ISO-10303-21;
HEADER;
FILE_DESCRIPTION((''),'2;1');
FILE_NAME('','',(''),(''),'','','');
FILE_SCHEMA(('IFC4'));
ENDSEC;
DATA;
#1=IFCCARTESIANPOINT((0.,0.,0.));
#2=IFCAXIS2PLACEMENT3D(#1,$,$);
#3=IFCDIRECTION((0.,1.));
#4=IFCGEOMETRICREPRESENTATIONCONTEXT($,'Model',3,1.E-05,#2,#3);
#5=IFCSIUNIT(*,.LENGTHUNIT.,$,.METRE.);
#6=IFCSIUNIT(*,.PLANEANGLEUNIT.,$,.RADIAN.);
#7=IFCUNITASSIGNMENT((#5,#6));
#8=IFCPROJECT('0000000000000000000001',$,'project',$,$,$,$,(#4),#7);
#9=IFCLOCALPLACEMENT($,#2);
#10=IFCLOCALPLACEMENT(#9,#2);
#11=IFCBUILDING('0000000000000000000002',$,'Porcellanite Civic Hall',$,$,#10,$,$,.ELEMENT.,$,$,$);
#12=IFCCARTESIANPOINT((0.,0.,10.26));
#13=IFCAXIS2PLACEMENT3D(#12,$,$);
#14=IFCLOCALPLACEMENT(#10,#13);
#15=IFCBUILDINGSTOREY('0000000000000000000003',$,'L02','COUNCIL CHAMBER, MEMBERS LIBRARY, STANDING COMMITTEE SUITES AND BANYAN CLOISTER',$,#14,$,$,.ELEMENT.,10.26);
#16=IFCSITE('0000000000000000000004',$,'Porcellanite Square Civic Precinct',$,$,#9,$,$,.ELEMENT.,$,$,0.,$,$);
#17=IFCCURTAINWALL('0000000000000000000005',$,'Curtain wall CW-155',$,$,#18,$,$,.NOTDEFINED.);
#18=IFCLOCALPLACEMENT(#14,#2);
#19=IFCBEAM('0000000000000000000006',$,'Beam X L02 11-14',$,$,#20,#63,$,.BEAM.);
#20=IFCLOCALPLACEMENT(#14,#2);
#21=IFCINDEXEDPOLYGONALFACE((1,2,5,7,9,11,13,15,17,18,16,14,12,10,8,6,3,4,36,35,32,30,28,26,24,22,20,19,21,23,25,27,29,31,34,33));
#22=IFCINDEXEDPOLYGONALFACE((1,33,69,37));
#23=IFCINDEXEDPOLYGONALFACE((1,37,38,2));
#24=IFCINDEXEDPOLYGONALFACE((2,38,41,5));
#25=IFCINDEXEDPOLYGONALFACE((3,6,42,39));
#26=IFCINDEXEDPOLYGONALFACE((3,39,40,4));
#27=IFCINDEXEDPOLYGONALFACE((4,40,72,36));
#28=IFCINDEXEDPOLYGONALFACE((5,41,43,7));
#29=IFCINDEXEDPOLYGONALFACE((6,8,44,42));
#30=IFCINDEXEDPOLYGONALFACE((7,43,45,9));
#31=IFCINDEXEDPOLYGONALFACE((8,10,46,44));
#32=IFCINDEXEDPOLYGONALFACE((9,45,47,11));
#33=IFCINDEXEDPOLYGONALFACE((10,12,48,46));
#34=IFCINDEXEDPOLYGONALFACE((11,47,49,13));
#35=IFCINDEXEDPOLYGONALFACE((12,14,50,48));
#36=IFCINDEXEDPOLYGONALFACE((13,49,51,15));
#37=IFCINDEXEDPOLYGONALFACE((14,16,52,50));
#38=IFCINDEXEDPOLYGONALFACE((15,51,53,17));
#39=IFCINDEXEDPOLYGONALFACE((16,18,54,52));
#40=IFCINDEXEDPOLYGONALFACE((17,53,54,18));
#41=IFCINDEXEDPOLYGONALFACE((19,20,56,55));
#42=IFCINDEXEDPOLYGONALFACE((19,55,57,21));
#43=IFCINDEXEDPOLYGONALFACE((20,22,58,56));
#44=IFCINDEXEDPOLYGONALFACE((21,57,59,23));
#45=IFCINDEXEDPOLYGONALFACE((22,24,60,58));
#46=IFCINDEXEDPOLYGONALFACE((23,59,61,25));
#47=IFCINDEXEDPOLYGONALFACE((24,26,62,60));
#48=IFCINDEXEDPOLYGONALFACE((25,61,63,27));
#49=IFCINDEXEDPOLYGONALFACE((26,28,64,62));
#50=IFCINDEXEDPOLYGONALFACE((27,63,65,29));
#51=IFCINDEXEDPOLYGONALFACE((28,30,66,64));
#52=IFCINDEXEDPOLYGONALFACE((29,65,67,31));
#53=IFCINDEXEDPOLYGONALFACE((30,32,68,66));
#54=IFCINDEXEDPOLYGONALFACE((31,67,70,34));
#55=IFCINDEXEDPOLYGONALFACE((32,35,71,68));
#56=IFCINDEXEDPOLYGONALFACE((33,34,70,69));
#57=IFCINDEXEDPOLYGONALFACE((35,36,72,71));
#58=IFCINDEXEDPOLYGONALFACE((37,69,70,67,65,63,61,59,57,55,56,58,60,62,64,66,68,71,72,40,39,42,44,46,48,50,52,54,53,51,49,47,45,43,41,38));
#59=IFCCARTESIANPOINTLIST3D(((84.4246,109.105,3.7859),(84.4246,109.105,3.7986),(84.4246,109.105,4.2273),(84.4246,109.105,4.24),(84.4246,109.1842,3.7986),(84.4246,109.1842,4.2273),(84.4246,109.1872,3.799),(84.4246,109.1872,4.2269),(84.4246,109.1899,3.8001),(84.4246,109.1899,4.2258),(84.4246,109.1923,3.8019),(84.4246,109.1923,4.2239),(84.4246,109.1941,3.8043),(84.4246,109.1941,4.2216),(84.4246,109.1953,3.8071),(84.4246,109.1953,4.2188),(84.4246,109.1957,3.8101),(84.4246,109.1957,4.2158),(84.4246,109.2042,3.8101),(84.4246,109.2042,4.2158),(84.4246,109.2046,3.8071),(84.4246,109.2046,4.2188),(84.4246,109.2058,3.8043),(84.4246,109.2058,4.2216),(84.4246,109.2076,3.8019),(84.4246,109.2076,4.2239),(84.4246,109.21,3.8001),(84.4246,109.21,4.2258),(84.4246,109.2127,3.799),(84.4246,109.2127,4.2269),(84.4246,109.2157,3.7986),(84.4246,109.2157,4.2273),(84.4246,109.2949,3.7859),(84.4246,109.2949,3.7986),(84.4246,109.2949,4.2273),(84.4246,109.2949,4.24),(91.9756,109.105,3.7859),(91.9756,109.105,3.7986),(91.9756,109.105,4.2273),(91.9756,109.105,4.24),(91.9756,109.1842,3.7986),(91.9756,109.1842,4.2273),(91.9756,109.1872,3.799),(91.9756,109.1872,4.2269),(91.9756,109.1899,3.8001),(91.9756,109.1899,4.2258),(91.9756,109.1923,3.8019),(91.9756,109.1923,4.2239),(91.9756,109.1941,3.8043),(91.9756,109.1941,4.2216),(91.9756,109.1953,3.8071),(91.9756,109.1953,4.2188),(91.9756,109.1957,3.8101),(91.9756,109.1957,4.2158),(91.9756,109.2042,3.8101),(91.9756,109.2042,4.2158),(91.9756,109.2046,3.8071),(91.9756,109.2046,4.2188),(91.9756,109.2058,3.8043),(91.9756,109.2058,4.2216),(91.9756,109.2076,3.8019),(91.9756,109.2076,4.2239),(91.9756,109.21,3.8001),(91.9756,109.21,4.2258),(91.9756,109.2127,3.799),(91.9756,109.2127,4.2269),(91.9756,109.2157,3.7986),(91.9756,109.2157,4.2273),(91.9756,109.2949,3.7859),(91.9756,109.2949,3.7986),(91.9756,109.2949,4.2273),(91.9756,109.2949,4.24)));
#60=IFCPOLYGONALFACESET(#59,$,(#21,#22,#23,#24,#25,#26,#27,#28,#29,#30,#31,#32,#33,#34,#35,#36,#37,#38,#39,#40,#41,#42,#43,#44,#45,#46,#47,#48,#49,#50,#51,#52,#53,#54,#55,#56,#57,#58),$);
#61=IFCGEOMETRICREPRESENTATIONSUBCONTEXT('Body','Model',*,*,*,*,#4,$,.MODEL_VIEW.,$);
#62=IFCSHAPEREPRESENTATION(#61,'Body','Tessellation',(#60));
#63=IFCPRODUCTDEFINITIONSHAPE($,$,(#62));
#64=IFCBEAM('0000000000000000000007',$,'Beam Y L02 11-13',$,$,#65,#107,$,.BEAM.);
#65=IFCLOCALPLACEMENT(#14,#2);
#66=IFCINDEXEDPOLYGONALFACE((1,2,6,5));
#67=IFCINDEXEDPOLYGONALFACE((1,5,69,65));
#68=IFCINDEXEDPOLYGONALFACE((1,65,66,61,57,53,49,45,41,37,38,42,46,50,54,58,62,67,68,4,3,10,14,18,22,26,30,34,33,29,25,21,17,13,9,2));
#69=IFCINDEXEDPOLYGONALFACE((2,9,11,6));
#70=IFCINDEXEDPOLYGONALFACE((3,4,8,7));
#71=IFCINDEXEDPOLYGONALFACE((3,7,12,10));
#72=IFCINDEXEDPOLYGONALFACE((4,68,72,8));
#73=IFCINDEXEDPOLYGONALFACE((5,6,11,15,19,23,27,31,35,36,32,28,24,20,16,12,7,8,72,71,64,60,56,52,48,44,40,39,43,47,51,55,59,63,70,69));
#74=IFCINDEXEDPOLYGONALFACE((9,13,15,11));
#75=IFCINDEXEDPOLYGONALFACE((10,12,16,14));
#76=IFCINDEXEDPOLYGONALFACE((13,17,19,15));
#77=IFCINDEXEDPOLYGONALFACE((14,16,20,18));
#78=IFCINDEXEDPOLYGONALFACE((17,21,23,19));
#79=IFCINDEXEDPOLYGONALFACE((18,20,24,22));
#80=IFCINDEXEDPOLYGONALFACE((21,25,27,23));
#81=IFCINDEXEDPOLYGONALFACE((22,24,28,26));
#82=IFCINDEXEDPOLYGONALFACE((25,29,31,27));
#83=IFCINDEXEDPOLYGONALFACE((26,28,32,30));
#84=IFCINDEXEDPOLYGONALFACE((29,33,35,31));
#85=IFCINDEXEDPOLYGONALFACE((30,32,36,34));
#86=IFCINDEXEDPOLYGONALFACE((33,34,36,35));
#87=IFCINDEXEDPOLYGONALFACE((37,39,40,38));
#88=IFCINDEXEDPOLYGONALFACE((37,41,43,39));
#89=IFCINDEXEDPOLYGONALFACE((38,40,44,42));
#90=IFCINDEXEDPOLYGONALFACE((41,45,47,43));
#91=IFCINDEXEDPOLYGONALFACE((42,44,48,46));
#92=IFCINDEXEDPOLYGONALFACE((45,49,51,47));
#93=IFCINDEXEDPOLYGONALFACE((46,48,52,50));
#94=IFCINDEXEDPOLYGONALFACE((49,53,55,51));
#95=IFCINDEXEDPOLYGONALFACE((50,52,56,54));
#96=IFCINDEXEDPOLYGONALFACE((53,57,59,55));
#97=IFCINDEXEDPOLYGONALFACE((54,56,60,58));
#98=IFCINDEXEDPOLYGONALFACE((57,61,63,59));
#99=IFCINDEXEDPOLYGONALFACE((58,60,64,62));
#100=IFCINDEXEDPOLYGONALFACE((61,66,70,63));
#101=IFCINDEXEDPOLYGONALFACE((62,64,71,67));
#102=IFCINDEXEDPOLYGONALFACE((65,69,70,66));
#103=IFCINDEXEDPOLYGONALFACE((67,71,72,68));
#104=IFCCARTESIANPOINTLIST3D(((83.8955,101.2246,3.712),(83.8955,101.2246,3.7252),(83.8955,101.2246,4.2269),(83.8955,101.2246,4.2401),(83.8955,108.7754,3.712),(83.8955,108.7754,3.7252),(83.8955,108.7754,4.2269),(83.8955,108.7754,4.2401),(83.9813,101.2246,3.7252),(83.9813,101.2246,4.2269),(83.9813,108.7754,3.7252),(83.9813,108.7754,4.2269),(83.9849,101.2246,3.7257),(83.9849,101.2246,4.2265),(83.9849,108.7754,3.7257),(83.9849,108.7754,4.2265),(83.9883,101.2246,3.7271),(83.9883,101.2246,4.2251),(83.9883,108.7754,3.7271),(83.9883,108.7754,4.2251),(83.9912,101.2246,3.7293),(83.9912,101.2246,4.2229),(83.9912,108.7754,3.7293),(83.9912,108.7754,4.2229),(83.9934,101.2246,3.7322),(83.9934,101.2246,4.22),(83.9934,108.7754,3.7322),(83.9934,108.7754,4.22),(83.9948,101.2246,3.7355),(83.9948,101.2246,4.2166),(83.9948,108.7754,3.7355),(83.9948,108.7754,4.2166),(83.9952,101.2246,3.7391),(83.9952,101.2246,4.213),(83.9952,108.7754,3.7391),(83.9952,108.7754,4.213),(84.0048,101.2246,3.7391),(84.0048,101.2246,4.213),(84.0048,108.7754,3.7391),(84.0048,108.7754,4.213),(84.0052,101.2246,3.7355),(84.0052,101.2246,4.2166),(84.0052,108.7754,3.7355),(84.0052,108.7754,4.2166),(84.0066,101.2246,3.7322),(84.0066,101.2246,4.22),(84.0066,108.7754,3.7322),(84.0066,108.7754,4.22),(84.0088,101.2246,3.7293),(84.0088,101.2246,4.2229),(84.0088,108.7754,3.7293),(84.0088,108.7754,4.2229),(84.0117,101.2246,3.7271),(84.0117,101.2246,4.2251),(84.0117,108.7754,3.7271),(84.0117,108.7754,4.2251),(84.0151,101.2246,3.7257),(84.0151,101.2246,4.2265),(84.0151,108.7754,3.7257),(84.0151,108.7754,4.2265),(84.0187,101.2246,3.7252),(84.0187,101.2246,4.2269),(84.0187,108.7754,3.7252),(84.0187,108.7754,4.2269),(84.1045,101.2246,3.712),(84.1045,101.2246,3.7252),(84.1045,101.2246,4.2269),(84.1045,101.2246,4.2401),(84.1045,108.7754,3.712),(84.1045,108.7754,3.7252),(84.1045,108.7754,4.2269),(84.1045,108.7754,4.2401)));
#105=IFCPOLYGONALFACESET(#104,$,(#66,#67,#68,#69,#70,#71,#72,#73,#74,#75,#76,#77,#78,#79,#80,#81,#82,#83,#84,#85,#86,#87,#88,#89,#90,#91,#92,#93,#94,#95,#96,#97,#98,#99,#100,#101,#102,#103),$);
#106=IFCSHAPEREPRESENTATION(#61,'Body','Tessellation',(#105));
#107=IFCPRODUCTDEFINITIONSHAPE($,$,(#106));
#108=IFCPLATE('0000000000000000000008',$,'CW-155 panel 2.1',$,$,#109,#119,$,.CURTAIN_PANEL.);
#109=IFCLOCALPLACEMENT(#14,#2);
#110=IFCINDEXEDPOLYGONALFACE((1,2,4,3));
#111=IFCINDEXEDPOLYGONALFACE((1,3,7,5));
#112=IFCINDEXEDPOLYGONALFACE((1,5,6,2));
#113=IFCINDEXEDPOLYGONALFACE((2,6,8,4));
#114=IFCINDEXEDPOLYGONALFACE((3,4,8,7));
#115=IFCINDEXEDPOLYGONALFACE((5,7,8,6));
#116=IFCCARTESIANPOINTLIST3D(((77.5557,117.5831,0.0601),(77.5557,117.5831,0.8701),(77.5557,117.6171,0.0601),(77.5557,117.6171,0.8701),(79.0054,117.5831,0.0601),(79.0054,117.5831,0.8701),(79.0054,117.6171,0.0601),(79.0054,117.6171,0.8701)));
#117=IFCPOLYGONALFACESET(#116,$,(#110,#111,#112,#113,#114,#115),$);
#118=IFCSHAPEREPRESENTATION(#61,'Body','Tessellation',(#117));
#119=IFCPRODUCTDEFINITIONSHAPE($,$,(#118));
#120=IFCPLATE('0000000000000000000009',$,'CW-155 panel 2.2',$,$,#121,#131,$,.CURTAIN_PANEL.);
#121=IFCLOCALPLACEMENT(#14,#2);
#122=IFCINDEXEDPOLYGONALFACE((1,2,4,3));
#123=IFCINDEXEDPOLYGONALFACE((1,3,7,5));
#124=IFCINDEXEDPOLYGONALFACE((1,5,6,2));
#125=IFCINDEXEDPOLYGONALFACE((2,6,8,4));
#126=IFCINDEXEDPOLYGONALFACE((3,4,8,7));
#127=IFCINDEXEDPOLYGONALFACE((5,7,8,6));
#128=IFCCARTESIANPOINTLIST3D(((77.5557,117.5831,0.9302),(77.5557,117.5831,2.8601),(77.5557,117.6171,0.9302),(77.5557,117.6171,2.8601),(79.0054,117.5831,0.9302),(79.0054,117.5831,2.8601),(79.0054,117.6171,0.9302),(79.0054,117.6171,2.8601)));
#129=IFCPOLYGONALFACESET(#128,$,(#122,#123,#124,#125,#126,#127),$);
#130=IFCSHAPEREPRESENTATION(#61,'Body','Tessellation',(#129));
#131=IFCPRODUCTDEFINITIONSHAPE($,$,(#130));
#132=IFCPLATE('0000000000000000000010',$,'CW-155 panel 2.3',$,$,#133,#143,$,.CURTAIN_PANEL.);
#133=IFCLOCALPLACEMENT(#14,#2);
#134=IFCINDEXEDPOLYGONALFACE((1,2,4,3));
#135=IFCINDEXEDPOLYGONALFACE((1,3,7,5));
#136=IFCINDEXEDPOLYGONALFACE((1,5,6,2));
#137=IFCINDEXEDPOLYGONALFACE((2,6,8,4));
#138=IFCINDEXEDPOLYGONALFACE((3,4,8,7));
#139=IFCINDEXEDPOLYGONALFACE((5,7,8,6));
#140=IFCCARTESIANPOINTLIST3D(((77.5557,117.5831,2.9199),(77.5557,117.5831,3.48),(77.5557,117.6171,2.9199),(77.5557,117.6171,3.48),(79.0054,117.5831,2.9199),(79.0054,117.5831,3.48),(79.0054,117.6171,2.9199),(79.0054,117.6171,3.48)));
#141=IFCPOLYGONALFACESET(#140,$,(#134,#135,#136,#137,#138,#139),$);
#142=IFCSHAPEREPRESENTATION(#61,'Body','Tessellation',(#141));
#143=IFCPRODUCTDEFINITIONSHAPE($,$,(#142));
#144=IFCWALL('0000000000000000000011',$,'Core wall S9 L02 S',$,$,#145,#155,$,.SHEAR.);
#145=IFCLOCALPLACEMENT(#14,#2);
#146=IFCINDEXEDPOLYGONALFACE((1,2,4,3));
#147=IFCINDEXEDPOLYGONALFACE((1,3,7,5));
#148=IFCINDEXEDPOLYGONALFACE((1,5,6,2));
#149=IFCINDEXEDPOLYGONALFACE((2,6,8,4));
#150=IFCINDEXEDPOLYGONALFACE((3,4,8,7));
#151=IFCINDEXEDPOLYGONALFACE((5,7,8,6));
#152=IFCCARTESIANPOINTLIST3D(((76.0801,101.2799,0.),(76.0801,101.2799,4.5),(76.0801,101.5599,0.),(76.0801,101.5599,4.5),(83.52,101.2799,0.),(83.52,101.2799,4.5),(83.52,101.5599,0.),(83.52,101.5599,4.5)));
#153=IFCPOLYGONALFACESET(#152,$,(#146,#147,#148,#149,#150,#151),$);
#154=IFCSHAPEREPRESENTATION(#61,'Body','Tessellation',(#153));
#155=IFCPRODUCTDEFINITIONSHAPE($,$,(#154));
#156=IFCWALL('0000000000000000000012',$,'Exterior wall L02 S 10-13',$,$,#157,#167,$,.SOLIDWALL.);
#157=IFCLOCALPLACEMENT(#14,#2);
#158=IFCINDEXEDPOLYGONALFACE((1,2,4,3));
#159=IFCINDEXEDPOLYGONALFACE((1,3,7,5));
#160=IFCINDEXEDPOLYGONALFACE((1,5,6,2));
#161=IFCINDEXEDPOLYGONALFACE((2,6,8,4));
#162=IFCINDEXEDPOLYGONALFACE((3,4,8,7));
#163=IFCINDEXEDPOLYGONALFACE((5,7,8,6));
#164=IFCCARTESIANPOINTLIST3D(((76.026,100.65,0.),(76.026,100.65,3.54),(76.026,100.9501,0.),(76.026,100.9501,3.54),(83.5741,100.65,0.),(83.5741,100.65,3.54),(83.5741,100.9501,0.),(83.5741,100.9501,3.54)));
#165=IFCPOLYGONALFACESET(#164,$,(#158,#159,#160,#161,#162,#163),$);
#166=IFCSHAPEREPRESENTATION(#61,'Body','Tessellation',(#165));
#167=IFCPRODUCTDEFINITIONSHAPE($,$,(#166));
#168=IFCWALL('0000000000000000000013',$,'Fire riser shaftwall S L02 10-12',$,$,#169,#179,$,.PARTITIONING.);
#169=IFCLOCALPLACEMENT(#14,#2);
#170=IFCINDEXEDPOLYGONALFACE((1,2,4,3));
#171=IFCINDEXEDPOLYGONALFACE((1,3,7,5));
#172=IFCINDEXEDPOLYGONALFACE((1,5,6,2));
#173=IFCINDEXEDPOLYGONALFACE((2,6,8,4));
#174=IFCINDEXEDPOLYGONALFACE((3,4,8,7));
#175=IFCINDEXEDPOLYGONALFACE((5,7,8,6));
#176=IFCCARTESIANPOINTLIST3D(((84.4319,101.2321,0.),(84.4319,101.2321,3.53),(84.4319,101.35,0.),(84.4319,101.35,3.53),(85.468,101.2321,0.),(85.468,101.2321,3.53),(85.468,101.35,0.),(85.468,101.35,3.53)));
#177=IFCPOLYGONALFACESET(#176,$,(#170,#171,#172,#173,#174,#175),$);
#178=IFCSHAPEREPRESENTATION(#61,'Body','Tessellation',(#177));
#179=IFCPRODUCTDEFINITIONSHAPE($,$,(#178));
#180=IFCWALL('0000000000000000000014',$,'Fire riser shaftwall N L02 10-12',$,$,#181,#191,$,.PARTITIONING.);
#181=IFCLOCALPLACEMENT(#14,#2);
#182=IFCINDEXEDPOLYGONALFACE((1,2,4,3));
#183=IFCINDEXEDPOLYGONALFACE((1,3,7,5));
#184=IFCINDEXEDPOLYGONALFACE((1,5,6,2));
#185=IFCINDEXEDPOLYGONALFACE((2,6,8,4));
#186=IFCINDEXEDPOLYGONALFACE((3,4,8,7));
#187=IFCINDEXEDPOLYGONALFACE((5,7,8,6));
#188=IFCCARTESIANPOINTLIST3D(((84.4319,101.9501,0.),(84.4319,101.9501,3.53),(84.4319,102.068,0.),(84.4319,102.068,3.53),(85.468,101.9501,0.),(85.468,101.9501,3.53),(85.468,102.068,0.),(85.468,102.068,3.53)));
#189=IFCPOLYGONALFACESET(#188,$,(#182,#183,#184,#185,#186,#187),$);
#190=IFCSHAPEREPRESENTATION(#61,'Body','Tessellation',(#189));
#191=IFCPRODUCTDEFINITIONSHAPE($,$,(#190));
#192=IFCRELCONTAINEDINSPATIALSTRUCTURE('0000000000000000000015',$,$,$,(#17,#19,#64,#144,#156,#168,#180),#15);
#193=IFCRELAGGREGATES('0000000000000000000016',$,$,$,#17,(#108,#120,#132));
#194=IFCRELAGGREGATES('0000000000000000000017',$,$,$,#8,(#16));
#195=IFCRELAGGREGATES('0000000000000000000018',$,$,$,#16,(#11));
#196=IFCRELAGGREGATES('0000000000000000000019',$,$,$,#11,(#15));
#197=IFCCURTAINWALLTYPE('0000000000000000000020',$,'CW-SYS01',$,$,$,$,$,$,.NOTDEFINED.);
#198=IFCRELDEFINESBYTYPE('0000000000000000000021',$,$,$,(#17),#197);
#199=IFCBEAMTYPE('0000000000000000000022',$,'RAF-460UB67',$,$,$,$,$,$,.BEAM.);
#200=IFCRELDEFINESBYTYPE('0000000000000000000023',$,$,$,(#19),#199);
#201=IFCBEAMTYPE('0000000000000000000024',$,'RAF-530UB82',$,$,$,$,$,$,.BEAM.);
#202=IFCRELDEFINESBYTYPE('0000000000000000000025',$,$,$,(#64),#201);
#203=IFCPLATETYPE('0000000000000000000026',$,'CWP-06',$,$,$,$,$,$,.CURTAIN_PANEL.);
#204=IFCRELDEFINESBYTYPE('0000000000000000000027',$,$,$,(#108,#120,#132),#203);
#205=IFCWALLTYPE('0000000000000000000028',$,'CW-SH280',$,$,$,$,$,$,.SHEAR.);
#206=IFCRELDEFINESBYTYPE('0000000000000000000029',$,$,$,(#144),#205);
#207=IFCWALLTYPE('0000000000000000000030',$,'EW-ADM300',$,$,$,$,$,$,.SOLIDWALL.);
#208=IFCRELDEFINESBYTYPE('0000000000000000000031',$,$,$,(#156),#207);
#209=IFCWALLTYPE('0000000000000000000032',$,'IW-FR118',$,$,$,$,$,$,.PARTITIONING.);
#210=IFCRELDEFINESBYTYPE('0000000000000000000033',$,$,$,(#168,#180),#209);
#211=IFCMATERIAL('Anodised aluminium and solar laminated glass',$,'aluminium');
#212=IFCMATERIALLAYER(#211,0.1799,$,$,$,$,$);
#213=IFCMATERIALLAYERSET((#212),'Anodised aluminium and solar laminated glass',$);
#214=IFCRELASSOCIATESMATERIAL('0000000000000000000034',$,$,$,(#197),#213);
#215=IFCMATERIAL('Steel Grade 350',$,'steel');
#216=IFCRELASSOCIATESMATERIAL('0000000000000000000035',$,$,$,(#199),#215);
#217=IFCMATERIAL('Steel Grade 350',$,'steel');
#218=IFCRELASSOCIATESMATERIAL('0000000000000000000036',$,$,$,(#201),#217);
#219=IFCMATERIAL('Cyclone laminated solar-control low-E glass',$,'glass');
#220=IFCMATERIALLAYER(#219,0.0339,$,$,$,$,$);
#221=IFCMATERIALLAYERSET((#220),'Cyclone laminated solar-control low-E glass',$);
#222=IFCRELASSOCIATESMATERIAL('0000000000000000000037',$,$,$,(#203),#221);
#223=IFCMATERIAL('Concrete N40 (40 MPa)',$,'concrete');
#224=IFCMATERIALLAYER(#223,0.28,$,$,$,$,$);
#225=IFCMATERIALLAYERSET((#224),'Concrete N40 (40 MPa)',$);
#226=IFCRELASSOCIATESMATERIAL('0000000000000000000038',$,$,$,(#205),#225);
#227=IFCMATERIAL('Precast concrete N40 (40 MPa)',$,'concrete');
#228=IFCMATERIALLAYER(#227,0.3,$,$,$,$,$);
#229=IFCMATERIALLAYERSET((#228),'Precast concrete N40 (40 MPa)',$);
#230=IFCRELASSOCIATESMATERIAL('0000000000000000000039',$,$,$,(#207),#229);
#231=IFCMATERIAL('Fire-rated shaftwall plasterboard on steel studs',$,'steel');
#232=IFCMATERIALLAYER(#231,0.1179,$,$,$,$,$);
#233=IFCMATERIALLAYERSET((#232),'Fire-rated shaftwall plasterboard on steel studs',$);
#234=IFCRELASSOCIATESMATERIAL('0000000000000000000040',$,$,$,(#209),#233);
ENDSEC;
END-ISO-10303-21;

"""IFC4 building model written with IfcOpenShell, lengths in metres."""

from ifc_helpers import new_model, si_unit, direction, frame, frame_2d, origin, origin_2d, place, context, subcontext, project, spatial, rectangle, i_section, extrude, material, layer, layer_set, material_profile, profile_set, type_object, element, aggregate, save


model = new_model("IFC4")

# Units and contexts
model_context = context("Model", 3, precision=1e-05, world=origin(), true_north=direction((0.0, 1.0)))
body_context = subcontext(model_context, "Body", "Model", "MODEL_VIEW")
ifc_project = project(units=[si_unit("LENGTHUNIT", "METRE"), si_unit("PLANEANGLEUNIT", "RADIAN")], contexts=[model_context])

# Site, building, storey
site_placement = place(None, origin())
site = spatial("IfcSite", under=ifc_project, at=site_placement, Name="Porcellanite Square Civic Precinct", CompositionType="ELEMENT", RefElevation=0.0)
building_placement = place(site_placement, origin())
building = spatial("IfcBuilding", under=site, at=building_placement, Name="Porcellanite Civic Hall", CompositionType="ELEMENT")
storey_placement = place(building_placement, frame((0.0, 0.0, 10.26)))
storey = spatial("IfcBuildingStorey", under=building, at=storey_placement, Name="L02", Description="COUNCIL CHAMBER, MEMBERS LIBRARY, STANDING COMMITTEE SUITES AND BANYAN CLOISTER", CompositionType="ELEMENT", Elevation=10.26)

# Curtain wall
ifc_material_1 = material(Name="Anodised aluminium and solar laminated glass", Category="aluminium")
ifc_layer_1 = layer(ifc_material_1, 0.1799)
ifc_layer_set_1 = layer_set([ifc_layer_1], Name="Anodised aluminium and solar laminated glass")
curtain_wall_type = type_object("IfcCurtainWallType", Name="CW-SYS01", PredefinedType="NOTDEFINED", material=ifc_layer_set_1)
curtain_wall_placement = place(storey_placement, origin())
curtain_wall = element("IfcCurtainWall", 1, at=curtain_wall_placement, inside=storey, type_object=curtain_wall_type, Name="Curtain wall CW-155", PredefinedType="NOTDEFINED")

# Beams
ifc_material_2 = material(Name="Steel Grade 350", Category="steel")
ifc_material_profile_1 = material_profile(ifc_material_2, i_section(OverallWidth=0.1899, OverallDepth=0.4541, WebThickness=0.0085, FlangeThickness=0.0127, FilletRadius=0.0115, at=origin_2d()), Name="460UB67.1")
ifc_profile_set_1 = profile_set([ifc_material_profile_1], Name="Steel Grade 350")
beam_type_1 = type_object("IfcBeamType", Name="RAF-460UB67", PredefinedType="BEAM", material=ifc_profile_set_1)
beam_1_placement = place(storey_placement, frame((84.4246, 109.2, 4.0129), z_axis=(1.0, 0.0, 0.0), x_axis=(0.0, 1.0, 0.0)))
element("IfcBeam", 2, at=beam_1_placement, inside=storey, type_object=beam_type_1, Name="Beam X L02 11-14", PredefinedType="BEAM", context=body_context, shape_type="SweptSolid", body=[
    extrude(i_section(OverallWidth=0.1899, OverallDepth=0.4541, WebThickness=0.0085, FlangeThickness=0.0127, FilletRadius=0.0115, at=origin_2d()), origin(), (0.0, 0.0, 1.0), 7.551),
])
ifc_material_3 = material(Name="Steel Grade 350", Category="steel")
ifc_material_profile_2 = material_profile(ifc_material_3, i_section(OverallWidth=0.209, OverallDepth=0.5281, WebThickness=0.0095, FlangeThickness=0.0132, FilletRadius=0.0139, at=origin_2d()), Name="530UB82.0")
ifc_profile_set_2 = profile_set([ifc_material_profile_2], Name="Steel Grade 350")
beam_type_2 = type_object("IfcBeamType", Name="RAF-530UB82", PredefinedType="BEAM", material=ifc_profile_set_2)
beam_2_placement = place(storey_placement, frame((84.0, 101.2246, 3.9761), z_axis=(0.0, 1.0, 0.0), x_axis=(-1.0, 0.0, 0.0)))
element("IfcBeam", 3, at=beam_2_placement, inside=storey, type_object=beam_type_2, Name="Beam Y L02 11-13", PredefinedType="BEAM", context=body_context, shape_type="SweptSolid", body=[
    extrude(i_section(OverallWidth=0.209, OverallDepth=0.5281, WebThickness=0.0095, FlangeThickness=0.0132, FilletRadius=0.0139, at=origin_2d()), origin(), (0.0, 0.0, 1.0), 7.5508),
])

# Plates
ifc_material_4 = material(Name="Cyclone laminated solar-control low-E glass", Category="glass")
ifc_layer_2 = layer(ifc_material_4, 0.0339)
ifc_layer_set_2 = layer_set([ifc_layer_2], Name="Cyclone laminated solar-control low-E glass")
plate_type = type_object("IfcPlateType", Name="CWP-06", PredefinedType="CURTAIN_PANEL", material=ifc_layer_set_2)
plate_1_placement = place(storey_placement, frame((78.2805, 117.6001, 0.0601), z_axis=(0.0, 0.0, 1.0), x_axis=(1.0, 0.0, 0.0)))
plate_1 = element("IfcPlate", 4, at=plate_1_placement, type_object=plate_type, Name="CW-155 panel 2.1", PredefinedType="CURTAIN_PANEL", context=body_context, shape_type="SweptSolid", body=[
    extrude(rectangle(XDim=1.4497, YDim=0.0339, at=origin_2d()), origin(), (0.0, 0.0, 1.0), 0.8101),
])
plate_2_placement = place(storey_placement, frame((78.2805, 117.6001, 0.9302), z_axis=(0.0, 0.0, 1.0), x_axis=(1.0, 0.0, 0.0)))
plate_2 = element("IfcPlate", 5, at=plate_2_placement, type_object=plate_type, Name="CW-155 panel 2.2", PredefinedType="CURTAIN_PANEL", context=body_context, shape_type="SweptSolid", body=[
    extrude(rectangle(XDim=1.4497, YDim=0.0339, at=origin_2d()), origin(), (0.0, 0.0, 1.0), 1.9299),
])
plate_3_placement = place(storey_placement, frame((78.2805, 117.6001, 2.9199), z_axis=(0.0, 0.0, 1.0), x_axis=(1.0, 0.0, 0.0)))
plate_3 = element("IfcPlate", 6, at=plate_3_placement, type_object=plate_type, Name="CW-155 panel 2.3", PredefinedType="CURTAIN_PANEL", context=body_context, shape_type="SweptSolid", body=[
    extrude(rectangle(XDim=1.4497, YDim=0.0339, at=origin_2d()), origin(), (0.0, 0.0, 1.0), 0.5601),
])
aggregate(curtain_wall, [plate_1, plate_2, plate_3])

# Wall
ifc_material_5 = material(Name="Concrete N40 (40 MPa)", Category="concrete")
ifc_layer_3 = layer(ifc_material_5, 0.28)
ifc_layer_set_3 = layer_set([ifc_layer_3], Name="Concrete N40 (40 MPa)")
wall_type_1 = type_object("IfcWallType", Name="CW-SH280", PredefinedType="SHEAR", material=ifc_layer_set_3)
wall_1_placement = place(storey_placement, frame((83.52, 101.4199, 0.0), z_axis=(0.0, 0.0, 1.0), x_axis=(-1.0, 0.0, 0.0)))
element("IfcWall", 7, at=wall_1_placement, inside=storey, type_object=wall_type_1, Name="Core wall S9 L02 S", PredefinedType="SHEAR", context=body_context, shape_type="SweptSolid", body=[
    extrude(rectangle(XDim=7.4399, YDim=0.28, at=frame_2d((3.72, 0.0))), origin(), (0.0, 0.0, 1.0), 4.5),
])

# Walls
ifc_material_6 = material(Name="Precast concrete N40 (40 MPa)", Category="concrete")
ifc_layer_4 = layer(ifc_material_6, 0.3)
ifc_layer_set_4 = layer_set([ifc_layer_4], Name="Precast concrete N40 (40 MPa)")
wall_type_2 = type_object("IfcWallType", Name="EW-ADM300", PredefinedType="SOLIDWALL", material=ifc_layer_set_4)
wall_2_placement = place(storey_placement, frame((83.574, 100.8, 0.0), z_axis=(0.0, 0.0, 1.0), x_axis=(-1.0, 0.0, 0.0)))
element("IfcWall", 8, at=wall_2_placement, inside=storey, type_object=wall_type_2, Name="Exterior wall L02 S 10-13", PredefinedType="SOLIDWALL", context=body_context, shape_type="SweptSolid", body=[
    extrude(rectangle(XDim=7.5481, YDim=0.3, at=frame_2d((3.7739, 0.0))), origin(), (0.0, 0.0, 1.0), 3.54),
])
ifc_material_7 = material(Name="Fire-rated shaftwall plasterboard on steel studs", Category="steel")
ifc_layer_5 = layer(ifc_material_7, 0.1179)
ifc_layer_set_5 = layer_set([ifc_layer_5], Name="Fire-rated shaftwall plasterboard on steel studs")
wall_type_3 = type_object("IfcWallType", Name="IW-FR118", PredefinedType="PARTITIONING", material=ifc_layer_set_5)
for number, where, z_axis, x_axis, name in (
    (9, (84.4319, 101.291, 0.0), (0.0, 0.0, 1.0), (1.0, 0.0, 0.0), "Fire riser shaftwall S L02 10-12"),
    (10, (84.4319, 102.009, 0.0), (0.0, 0.0, 1.0), (1.0, 0.0, 0.0), "Fire riser shaftwall N L02 10-12"),
):
    element("IfcWall", number, at=place(storey_placement, frame(where, z_axis=z_axis, x_axis=x_axis)), inside=storey, type_object=wall_type_3, Name=name, PredefinedType="PARTITIONING", context=body_context, shape_type="SweptSolid", body=[
        extrude(rectangle(XDim=1.0361, YDim=0.1179, at=frame_2d((0.5181, 0.0))), origin(), (0.0, 0.0, 1.0), 3.53),
    ])

save(model, "model.ifc")
